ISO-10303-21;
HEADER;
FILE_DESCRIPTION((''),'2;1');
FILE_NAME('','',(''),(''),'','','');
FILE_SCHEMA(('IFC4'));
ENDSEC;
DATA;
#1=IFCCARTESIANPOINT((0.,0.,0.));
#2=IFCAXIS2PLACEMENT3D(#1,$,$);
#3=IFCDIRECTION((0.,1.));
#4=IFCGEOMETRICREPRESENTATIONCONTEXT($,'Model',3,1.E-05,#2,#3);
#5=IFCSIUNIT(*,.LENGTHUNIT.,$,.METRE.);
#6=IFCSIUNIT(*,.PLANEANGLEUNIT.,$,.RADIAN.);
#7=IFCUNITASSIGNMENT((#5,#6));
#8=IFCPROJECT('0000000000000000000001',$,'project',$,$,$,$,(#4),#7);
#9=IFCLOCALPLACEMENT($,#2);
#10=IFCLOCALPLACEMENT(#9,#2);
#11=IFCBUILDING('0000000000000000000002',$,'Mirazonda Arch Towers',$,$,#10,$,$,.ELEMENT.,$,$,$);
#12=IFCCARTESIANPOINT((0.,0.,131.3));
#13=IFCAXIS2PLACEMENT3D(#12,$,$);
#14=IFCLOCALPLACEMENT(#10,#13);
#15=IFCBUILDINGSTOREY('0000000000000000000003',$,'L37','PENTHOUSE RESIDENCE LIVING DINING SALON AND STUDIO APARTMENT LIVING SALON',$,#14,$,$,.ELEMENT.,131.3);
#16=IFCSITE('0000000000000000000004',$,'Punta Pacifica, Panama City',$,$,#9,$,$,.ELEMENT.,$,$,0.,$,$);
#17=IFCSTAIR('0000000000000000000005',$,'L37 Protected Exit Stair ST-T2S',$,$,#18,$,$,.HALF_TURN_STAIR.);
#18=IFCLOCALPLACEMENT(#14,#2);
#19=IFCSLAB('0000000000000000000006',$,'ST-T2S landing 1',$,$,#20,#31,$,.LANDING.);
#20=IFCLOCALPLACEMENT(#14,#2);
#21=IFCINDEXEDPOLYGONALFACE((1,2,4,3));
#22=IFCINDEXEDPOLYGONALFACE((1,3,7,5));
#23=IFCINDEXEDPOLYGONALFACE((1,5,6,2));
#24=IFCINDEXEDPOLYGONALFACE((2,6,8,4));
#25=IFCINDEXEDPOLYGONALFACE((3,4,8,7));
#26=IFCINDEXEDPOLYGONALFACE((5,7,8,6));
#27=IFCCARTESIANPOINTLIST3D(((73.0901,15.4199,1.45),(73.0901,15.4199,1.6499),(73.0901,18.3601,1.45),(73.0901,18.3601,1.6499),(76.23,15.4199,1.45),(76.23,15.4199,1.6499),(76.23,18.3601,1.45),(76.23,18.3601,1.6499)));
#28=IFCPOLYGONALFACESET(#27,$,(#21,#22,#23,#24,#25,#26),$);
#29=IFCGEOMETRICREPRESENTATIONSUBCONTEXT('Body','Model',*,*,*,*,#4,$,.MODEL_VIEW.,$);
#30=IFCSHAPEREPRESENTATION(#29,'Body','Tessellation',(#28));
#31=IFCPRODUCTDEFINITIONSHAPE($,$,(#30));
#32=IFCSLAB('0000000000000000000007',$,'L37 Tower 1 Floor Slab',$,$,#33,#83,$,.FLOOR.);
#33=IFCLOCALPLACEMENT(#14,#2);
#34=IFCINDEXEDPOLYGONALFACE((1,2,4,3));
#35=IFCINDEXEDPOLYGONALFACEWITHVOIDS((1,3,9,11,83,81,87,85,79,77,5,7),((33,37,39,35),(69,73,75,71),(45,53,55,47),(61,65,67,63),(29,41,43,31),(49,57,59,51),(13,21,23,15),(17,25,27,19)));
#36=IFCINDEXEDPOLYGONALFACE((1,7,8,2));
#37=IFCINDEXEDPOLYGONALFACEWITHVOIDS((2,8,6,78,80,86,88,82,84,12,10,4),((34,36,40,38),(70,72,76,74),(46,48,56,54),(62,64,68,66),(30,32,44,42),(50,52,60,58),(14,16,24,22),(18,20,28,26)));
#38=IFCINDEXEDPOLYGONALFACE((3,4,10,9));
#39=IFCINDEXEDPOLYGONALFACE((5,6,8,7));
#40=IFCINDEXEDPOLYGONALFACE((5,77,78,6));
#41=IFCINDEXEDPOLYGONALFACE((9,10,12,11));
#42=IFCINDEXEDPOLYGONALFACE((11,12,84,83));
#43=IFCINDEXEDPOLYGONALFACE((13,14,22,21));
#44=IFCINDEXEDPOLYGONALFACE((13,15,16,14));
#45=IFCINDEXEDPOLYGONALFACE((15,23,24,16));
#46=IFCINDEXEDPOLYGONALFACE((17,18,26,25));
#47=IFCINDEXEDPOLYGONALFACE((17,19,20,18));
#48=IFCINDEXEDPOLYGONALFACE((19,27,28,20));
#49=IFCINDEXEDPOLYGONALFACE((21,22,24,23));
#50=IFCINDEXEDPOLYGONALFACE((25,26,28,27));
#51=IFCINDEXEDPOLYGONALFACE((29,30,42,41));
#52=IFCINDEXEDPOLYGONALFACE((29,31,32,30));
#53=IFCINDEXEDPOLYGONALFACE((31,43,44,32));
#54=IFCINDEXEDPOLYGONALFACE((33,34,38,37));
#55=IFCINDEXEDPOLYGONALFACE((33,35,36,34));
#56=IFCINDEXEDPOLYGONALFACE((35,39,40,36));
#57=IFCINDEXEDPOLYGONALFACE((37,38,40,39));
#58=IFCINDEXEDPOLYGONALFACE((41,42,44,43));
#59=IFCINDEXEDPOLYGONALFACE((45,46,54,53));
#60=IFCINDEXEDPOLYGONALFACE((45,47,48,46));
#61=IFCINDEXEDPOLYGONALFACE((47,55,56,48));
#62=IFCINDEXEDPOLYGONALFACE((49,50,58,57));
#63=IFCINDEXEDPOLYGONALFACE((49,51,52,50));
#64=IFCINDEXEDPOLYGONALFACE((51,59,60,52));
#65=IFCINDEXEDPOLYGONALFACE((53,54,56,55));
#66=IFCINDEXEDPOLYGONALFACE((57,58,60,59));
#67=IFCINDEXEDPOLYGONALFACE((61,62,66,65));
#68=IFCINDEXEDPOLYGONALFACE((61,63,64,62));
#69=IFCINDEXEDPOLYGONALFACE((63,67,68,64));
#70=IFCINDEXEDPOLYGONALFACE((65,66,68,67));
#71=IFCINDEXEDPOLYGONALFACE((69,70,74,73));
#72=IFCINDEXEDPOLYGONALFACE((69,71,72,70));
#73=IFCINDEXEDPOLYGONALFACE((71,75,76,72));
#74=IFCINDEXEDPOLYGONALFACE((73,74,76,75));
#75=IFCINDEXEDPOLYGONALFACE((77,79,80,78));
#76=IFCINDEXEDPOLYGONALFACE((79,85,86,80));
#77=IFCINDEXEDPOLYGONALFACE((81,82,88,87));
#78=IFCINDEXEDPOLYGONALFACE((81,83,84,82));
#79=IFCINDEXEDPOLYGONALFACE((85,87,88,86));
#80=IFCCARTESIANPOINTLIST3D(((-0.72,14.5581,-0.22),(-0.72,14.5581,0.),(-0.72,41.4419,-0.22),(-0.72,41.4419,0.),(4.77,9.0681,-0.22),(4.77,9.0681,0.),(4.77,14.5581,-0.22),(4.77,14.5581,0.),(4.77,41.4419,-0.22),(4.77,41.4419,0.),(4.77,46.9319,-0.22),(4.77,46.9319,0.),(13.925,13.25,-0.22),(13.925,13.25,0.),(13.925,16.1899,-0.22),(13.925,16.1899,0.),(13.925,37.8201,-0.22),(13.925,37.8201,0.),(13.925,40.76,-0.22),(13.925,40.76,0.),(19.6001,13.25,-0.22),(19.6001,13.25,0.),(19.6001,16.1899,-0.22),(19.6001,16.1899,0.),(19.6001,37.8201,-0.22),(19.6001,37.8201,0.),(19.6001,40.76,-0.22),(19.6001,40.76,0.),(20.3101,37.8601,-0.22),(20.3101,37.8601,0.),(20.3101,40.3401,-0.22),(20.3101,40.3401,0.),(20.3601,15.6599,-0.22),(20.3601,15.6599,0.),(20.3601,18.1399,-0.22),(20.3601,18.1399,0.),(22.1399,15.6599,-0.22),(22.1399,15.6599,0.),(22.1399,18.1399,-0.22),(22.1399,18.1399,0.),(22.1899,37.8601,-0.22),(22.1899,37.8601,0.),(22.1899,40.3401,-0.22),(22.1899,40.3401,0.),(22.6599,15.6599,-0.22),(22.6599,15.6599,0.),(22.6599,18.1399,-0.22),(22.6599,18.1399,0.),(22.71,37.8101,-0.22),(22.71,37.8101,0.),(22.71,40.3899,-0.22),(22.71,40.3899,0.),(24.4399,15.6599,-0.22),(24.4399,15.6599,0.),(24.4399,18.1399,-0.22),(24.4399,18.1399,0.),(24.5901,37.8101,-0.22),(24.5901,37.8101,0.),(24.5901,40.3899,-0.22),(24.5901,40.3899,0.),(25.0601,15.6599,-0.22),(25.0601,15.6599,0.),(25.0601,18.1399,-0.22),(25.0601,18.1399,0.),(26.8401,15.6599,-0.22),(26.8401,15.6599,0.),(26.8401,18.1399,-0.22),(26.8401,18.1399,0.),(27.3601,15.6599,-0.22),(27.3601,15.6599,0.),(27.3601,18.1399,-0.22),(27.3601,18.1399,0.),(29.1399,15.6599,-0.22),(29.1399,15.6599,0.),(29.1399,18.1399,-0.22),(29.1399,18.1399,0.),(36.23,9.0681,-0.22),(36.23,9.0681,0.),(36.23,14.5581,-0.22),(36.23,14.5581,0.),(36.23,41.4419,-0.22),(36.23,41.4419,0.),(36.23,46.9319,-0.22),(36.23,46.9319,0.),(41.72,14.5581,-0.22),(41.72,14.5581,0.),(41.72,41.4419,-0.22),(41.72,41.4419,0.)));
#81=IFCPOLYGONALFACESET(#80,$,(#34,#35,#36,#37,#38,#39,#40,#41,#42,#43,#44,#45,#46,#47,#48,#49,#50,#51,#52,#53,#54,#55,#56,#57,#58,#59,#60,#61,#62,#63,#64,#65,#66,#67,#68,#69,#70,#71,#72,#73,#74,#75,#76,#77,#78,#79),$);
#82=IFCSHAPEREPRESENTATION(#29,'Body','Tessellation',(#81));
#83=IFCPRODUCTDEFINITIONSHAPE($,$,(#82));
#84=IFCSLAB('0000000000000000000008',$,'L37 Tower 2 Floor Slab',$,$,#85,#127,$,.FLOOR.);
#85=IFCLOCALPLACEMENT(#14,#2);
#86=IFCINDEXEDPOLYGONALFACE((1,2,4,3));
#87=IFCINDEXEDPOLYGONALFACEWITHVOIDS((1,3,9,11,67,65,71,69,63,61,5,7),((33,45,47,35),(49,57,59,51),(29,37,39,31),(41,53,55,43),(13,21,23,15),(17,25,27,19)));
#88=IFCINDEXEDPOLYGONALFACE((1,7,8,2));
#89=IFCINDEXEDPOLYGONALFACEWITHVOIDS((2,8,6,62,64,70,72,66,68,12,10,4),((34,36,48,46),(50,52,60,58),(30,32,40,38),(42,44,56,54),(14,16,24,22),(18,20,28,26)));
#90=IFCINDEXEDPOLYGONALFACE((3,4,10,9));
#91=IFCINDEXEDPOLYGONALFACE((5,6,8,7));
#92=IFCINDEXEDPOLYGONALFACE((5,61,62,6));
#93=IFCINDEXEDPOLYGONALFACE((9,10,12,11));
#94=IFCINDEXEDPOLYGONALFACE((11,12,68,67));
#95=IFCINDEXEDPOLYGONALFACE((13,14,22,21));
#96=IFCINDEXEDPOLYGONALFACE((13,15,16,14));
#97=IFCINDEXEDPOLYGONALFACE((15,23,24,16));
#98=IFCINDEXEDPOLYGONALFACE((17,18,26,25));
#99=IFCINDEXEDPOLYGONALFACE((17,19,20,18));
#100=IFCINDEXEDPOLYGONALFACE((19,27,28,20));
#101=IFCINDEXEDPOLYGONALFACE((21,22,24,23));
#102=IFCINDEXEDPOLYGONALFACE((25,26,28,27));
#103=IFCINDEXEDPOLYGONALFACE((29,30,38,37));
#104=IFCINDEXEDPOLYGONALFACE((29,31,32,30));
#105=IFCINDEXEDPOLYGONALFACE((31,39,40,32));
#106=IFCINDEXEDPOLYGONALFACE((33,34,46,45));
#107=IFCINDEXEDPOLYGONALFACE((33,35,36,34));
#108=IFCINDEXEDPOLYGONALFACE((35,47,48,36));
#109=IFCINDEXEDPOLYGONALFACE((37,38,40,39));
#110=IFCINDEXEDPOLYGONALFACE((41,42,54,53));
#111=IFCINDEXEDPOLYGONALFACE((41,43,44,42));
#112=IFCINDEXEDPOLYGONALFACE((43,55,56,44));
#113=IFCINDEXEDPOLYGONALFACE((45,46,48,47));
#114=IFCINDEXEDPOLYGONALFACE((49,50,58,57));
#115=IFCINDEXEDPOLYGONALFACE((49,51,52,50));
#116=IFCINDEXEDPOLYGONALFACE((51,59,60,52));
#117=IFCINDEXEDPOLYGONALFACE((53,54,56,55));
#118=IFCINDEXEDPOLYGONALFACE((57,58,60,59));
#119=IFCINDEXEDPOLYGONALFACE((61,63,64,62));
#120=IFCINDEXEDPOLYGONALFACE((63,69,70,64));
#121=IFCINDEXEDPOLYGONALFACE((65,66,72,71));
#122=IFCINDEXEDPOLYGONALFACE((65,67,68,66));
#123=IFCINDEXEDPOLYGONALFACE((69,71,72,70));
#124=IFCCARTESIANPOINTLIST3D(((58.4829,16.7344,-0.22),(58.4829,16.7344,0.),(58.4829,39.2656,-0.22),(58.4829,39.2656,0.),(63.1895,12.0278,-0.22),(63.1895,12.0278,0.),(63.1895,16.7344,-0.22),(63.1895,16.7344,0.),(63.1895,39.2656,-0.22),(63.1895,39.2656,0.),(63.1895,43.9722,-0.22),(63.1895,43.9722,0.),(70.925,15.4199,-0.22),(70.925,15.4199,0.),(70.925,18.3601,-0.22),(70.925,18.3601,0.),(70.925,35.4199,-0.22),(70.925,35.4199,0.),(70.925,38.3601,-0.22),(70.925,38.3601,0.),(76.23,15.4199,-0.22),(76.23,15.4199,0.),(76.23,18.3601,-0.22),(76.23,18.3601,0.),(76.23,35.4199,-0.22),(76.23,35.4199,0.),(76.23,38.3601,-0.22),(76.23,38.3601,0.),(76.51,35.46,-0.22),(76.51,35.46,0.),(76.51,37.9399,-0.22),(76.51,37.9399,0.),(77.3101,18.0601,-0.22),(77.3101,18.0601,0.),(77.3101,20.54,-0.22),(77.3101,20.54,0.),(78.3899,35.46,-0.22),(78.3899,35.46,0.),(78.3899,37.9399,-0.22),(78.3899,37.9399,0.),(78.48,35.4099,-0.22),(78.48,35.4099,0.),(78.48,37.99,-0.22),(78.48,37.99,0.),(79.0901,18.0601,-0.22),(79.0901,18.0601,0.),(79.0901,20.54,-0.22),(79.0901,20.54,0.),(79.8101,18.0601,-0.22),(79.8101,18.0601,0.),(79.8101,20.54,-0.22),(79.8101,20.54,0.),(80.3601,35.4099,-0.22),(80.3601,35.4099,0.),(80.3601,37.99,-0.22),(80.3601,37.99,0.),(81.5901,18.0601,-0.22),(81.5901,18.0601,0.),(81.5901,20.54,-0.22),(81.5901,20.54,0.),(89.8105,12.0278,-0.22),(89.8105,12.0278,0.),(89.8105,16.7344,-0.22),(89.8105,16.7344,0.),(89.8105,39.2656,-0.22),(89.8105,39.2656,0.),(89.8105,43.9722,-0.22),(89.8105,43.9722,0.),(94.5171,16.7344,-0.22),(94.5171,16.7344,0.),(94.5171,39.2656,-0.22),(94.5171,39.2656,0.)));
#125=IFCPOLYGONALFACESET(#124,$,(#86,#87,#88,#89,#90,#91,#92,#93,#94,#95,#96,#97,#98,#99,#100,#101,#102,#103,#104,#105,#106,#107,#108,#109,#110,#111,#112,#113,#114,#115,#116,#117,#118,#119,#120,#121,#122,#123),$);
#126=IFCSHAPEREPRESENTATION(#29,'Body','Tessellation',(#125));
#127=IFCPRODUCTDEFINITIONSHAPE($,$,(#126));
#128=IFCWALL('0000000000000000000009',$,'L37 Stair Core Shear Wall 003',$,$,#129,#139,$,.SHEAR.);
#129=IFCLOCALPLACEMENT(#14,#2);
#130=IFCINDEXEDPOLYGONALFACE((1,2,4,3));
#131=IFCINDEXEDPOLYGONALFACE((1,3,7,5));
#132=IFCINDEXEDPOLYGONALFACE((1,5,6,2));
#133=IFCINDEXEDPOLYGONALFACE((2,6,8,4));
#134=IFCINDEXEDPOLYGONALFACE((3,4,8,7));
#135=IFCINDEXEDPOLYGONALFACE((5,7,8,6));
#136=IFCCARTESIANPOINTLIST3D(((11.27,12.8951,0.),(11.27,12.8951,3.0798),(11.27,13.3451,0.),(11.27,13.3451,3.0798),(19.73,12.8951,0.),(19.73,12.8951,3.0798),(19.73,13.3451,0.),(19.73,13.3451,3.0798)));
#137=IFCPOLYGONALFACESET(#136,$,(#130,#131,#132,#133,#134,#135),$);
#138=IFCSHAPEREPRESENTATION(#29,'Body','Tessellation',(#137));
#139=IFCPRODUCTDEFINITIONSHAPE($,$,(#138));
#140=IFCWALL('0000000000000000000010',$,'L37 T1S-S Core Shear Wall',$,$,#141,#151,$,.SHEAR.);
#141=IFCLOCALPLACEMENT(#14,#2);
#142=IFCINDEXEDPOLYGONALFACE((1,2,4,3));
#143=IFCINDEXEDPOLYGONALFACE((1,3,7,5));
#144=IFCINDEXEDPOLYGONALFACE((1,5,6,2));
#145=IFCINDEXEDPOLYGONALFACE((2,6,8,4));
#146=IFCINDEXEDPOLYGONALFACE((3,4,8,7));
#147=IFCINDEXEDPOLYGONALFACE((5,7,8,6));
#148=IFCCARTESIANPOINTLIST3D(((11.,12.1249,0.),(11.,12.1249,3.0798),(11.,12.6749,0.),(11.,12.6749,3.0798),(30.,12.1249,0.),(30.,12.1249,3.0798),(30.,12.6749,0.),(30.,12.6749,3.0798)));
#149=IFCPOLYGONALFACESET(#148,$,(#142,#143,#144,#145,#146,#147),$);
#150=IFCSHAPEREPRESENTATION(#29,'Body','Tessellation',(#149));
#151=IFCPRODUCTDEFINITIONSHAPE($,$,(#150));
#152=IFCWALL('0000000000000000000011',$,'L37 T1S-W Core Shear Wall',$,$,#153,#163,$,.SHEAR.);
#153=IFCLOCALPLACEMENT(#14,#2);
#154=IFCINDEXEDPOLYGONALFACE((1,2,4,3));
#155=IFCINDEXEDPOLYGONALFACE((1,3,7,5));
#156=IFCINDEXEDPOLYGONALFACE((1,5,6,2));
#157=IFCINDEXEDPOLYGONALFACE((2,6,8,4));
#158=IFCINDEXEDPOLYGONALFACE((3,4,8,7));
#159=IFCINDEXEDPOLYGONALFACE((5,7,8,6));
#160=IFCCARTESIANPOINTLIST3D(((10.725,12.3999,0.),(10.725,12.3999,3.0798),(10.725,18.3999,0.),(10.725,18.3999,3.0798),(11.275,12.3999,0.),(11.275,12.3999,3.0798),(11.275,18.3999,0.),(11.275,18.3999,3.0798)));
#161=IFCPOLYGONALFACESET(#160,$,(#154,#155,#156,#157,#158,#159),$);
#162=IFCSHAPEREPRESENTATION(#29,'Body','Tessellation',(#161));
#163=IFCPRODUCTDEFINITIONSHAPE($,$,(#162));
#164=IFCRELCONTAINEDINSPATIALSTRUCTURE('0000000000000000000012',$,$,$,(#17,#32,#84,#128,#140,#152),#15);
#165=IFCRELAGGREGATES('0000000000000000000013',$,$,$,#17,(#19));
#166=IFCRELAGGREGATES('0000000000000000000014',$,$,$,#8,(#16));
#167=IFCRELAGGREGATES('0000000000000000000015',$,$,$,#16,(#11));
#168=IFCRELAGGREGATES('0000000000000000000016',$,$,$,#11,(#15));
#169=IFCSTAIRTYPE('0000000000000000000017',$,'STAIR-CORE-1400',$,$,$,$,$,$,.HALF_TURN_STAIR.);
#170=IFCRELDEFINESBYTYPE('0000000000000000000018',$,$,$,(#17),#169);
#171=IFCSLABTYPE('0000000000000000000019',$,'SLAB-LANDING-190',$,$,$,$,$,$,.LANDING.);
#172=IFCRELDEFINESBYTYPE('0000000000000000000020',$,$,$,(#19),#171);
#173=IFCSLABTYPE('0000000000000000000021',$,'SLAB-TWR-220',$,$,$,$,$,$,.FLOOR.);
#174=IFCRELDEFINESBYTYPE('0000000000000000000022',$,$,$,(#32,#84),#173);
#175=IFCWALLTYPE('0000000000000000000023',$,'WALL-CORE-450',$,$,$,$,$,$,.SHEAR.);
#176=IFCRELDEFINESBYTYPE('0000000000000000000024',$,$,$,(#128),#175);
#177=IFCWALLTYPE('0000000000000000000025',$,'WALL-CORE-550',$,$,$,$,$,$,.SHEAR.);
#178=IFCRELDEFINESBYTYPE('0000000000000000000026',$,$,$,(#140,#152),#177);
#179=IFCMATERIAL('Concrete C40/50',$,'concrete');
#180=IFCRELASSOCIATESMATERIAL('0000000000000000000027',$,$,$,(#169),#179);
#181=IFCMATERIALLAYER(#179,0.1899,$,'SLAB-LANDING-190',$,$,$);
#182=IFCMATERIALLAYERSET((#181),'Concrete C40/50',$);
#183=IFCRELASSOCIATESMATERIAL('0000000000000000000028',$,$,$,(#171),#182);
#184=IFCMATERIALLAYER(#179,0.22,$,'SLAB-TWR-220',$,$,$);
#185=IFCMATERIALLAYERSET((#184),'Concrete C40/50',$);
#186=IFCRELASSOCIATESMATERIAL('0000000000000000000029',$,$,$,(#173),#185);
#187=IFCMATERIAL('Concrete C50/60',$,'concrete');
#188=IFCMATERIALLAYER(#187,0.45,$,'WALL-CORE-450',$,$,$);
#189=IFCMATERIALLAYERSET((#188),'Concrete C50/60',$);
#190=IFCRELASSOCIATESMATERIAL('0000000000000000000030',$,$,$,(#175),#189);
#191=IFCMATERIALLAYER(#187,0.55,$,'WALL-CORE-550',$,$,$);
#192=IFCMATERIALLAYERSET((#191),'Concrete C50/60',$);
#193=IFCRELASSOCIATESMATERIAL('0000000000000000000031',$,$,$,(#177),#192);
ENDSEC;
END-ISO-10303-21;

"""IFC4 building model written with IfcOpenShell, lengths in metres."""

from ifc_helpers import new_model, si_unit, direction, frame, frame_2d, origin, place, context, subcontext, project, spatial, polyline, rectangle, outline, extrude, material, layer, layer_set, type_object, element, aggregate, save


model = new_model("IFC4")

# Units and contexts
model_context = context("Model", 3, precision=1e-05, world=origin(), true_north=direction((0.0, 1.0)))
body_context = subcontext(model_context, "Body", "Model", "MODEL_VIEW")
ifc_project = project(units=[si_unit("LENGTHUNIT", "METRE"), si_unit("PLANEANGLEUNIT", "RADIAN")], contexts=[model_context])

# Site, building, storey
site_placement = place(None, origin())
site = spatial("IfcSite", under=ifc_project, at=site_placement, Name="Punta Pacifica, Panama City", CompositionType="ELEMENT", RefElevation=0.0)
building_placement = place(site_placement, origin())
building = spatial("IfcBuilding", under=site, at=building_placement, Name="Mirazonda Arch Towers", CompositionType="ELEMENT")
storey_placement = place(building_placement, frame((0.0, 0.0, 131.3)))
storey = spatial("IfcBuildingStorey", under=building, at=storey_placement, Name="L37", Description="PENTHOUSE RESIDENCE LIVING DINING SALON AND STUDIO APARTMENT LIVING SALON", CompositionType="ELEMENT", Elevation=131.3)

# Shared definitions
ifc_material_1 = material(Name="Concrete C50/60", Category="concrete")

# Stair, slab
ifc_material_2 = material(Name="Concrete C40/50", Category="concrete")
stair_type = type_object("IfcStairType", Name="STAIR-CORE-1400", PredefinedType="HALF_TURN_STAIR", material=ifc_material_2)
ifc_layer_1 = layer(ifc_material_2, 0.1899, Name="SLAB-LANDING-190")
ifc_layer_set_1 = layer_set([ifc_layer_1], Name="Concrete C40/50")
slab_type_1 = type_object("IfcSlabType", Name="SLAB-LANDING-190", PredefinedType="LANDING", material=ifc_layer_set_1)
stair_1_placement = place(storey_placement, origin())
stair_1 = element("IfcStair", 1, at=stair_1_placement, inside=storey, type_object=stair_type, Name="L37 Protected Exit Stair ST-T2S", PredefinedType="HALF_TURN_STAIR")
slab_1_placement = place(storey_placement, frame((0.0, 0.0, 1.45)))
slab_1 = element("IfcSlab", 2, at=slab_1_placement, type_object=slab_type_1, Name="ST-T2S landing 1", PredefinedType="LANDING", context=body_context, shape_type="SweptSolid", body=[
    extrude(outline(polyline([(73.0901, 15.4199), (76.23, 15.4199), (76.23, 18.3601), (73.0901, 18.3601), (73.0901, 15.4199)])), origin(), (0.0, 0.0, 1.0), 0.2),
])
aggregate(stair_1, [slab_1])

# Slabs
ifc_layer_2 = layer(ifc_material_2, 0.22, Name="SLAB-TWR-220")
ifc_layer_set_2 = layer_set([ifc_layer_2], Name="Concrete C40/50")
slab_type_2 = type_object("IfcSlabType", Name="SLAB-TWR-220", PredefinedType="FLOOR", material=ifc_layer_set_2)
slab_2_placement = place(storey_placement, frame((0.0, 0.0, -0.22)))
element("IfcSlab", 3, at=slab_2_placement, inside=storey, type_object=slab_type_2, Name="L37 Tower 1 Floor Slab", PredefinedType="FLOOR", context=body_context, shape_type="SweptSolid", body=[
    extrude(outline(polyline([(4.77, 9.0681), (36.23, 9.0681), (36.23, 14.5581), (41.72, 14.5581), (41.72, 41.4419), (36.23, 41.4419), (36.23, 46.9319), (4.77, 46.9319), (4.77, 41.4419), (-0.72, 41.4419), (-0.72, 14.5581), (4.77, 14.5581), (4.77, 9.0681)]), holes=[polyline([(27.3601, 18.1399), (29.1399, 18.1399), (29.1399, 15.6599), (27.3601, 15.6599), (27.3601, 18.1399)]), polyline([(25.0601, 18.1399), (26.8401, 18.1399), (26.8401, 15.6599), (25.0601, 15.6599), (25.0601, 18.1399)]), polyline([(22.71, 40.3899), (24.5901, 40.3899), (24.5901, 37.8101), (22.71, 37.8101), (22.71, 40.3899)]), polyline([(22.6599, 18.1399), (24.4399, 18.1399), (24.4399, 15.6599), (22.6599, 15.6599), (22.6599, 18.1399)]), polyline([(20.3101, 40.3401), (22.1899, 40.3401), (22.1899, 37.8601), (20.3101, 37.8601), (20.3101, 40.3401)]), polyline([(20.3601, 18.1399), (22.1399, 18.1399), (22.1399, 15.6599), (20.3601, 15.6599), (20.3601, 18.1399)]), polyline([(13.925, 13.25), (13.925, 16.1899), (19.6001, 16.1899), (19.6001, 13.25), (13.925, 13.25)]), polyline([(13.925, 37.8201), (13.925, 40.76), (19.6001, 40.76), (19.6001, 37.8201), (13.925, 37.8201)])]), origin(), (0.0, 0.0, 1.0), 0.22),
])
slab_3_placement = place(storey_placement, frame((0.0, 0.0, -0.22)))
element("IfcSlab", 4, at=slab_3_placement, inside=storey, type_object=slab_type_2, Name="L37 Tower 2 Floor Slab", PredefinedType="FLOOR", context=body_context, shape_type="SweptSolid", body=[
    extrude(outline(polyline([(63.1895, 12.0278), (89.8105, 12.0278), (89.8105, 16.7344), (94.5171, 16.7344), (94.5171, 39.2656), (89.8105, 39.2656), (89.8105, 43.9722), (63.1895, 43.9722), (63.1895, 39.2656), (58.4829, 39.2656), (58.4829, 16.7344), (63.1895, 16.7344), (63.1895, 12.0278)]), holes=[polyline([(79.8101, 20.54), (81.5901, 20.54), (81.5901, 18.0601), (79.8101, 18.0601), (79.8101, 20.54)]), polyline([(78.48, 37.99), (80.3601, 37.99), (80.3601, 35.4099), (78.48, 35.4099), (78.48, 37.99)]), polyline([(77.3101, 20.54), (79.0901, 20.54), (79.0901, 18.0601), (77.3101, 18.0601), (77.3101, 20.54)]), polyline([(76.51, 35.46), (76.51, 37.9399), (78.3899, 37.9399), (78.3899, 35.46), (76.51, 35.46)]), polyline([(76.23, 15.4199), (70.925, 15.4199), (70.925, 18.3601), (76.23, 18.3601), (76.23, 15.4199)]), polyline([(70.925, 35.4199), (70.925, 38.3601), (76.23, 38.3601), (76.23, 35.4199), (70.925, 35.4199)])]), origin(), (0.0, 0.0, 1.0), 0.22),
])

# Walls
ifc_layer_3 = layer(ifc_material_1, 0.45, Name="WALL-CORE-450")
ifc_layer_set_3 = layer_set([ifc_layer_3], Name="Concrete C50/60")
wall_type_1 = type_object("IfcWallType", Name="WALL-CORE-450", PredefinedType="SHEAR", material=ifc_layer_set_3)
wall_1_placement = place(storey_placement, frame((11.27, 13.1201, 0.0), z_axis=(0.0, 0.0, 1.0), x_axis=(1.0, 0.0, 0.0)))
element("IfcWall", 5, at=wall_1_placement, inside=storey, type_object=wall_type_1, Name="L37 Stair Core Shear Wall 003", PredefinedType="SHEAR", context=body_context, shape_type="SweptSolid", body=[
    extrude(rectangle(XDim=8.46, YDim=0.45, at=frame_2d((4.23, 0.0))), origin(), (0.0, 0.0, 1.0), 3.0798),
])
ifc_layer_4 = layer(ifc_material_1, 0.55, Name="WALL-CORE-550")
ifc_layer_set_4 = layer_set([ifc_layer_4], Name="Concrete C50/60")
wall_type_2 = type_object("IfcWallType", Name="WALL-CORE-550", PredefinedType="SHEAR", material=ifc_layer_set_4)
wall_2_placement = place(storey_placement, frame((11.0, 12.3999, 0.0), z_axis=(0.0, 0.0, 1.0), x_axis=(1.0, 0.0, 0.0)))
element("IfcWall", 6, at=wall_2_placement, inside=storey, type_object=wall_type_2, Name="L37 T1S-S Core Shear Wall", PredefinedType="SHEAR", context=body_context, shape_type="SweptSolid", body=[
    extrude(rectangle(XDim=19.0, YDim=0.55, at=frame_2d((9.5, 0.0))), origin(), (0.0, 0.0, 1.0), 3.0798),
])
wall_3_placement = place(storey_placement, frame((11.0, 12.3999, 0.0), z_axis=(0.0, 0.0, 1.0), x_axis=(0.0, 1.0, 0.0)))
element("IfcWall", 7, at=wall_3_placement, inside=storey, type_object=wall_type_2, Name="L37 T1S-W Core Shear Wall", PredefinedType="SHEAR", context=body_context, shape_type="SweptSolid", body=[
    extrude(rectangle(XDim=6.0, YDim=0.55, at=frame_2d((3.0, 0.0))), origin(), (0.0, 0.0, 1.0), 3.0798),
])

save(model, "model.ifc")
